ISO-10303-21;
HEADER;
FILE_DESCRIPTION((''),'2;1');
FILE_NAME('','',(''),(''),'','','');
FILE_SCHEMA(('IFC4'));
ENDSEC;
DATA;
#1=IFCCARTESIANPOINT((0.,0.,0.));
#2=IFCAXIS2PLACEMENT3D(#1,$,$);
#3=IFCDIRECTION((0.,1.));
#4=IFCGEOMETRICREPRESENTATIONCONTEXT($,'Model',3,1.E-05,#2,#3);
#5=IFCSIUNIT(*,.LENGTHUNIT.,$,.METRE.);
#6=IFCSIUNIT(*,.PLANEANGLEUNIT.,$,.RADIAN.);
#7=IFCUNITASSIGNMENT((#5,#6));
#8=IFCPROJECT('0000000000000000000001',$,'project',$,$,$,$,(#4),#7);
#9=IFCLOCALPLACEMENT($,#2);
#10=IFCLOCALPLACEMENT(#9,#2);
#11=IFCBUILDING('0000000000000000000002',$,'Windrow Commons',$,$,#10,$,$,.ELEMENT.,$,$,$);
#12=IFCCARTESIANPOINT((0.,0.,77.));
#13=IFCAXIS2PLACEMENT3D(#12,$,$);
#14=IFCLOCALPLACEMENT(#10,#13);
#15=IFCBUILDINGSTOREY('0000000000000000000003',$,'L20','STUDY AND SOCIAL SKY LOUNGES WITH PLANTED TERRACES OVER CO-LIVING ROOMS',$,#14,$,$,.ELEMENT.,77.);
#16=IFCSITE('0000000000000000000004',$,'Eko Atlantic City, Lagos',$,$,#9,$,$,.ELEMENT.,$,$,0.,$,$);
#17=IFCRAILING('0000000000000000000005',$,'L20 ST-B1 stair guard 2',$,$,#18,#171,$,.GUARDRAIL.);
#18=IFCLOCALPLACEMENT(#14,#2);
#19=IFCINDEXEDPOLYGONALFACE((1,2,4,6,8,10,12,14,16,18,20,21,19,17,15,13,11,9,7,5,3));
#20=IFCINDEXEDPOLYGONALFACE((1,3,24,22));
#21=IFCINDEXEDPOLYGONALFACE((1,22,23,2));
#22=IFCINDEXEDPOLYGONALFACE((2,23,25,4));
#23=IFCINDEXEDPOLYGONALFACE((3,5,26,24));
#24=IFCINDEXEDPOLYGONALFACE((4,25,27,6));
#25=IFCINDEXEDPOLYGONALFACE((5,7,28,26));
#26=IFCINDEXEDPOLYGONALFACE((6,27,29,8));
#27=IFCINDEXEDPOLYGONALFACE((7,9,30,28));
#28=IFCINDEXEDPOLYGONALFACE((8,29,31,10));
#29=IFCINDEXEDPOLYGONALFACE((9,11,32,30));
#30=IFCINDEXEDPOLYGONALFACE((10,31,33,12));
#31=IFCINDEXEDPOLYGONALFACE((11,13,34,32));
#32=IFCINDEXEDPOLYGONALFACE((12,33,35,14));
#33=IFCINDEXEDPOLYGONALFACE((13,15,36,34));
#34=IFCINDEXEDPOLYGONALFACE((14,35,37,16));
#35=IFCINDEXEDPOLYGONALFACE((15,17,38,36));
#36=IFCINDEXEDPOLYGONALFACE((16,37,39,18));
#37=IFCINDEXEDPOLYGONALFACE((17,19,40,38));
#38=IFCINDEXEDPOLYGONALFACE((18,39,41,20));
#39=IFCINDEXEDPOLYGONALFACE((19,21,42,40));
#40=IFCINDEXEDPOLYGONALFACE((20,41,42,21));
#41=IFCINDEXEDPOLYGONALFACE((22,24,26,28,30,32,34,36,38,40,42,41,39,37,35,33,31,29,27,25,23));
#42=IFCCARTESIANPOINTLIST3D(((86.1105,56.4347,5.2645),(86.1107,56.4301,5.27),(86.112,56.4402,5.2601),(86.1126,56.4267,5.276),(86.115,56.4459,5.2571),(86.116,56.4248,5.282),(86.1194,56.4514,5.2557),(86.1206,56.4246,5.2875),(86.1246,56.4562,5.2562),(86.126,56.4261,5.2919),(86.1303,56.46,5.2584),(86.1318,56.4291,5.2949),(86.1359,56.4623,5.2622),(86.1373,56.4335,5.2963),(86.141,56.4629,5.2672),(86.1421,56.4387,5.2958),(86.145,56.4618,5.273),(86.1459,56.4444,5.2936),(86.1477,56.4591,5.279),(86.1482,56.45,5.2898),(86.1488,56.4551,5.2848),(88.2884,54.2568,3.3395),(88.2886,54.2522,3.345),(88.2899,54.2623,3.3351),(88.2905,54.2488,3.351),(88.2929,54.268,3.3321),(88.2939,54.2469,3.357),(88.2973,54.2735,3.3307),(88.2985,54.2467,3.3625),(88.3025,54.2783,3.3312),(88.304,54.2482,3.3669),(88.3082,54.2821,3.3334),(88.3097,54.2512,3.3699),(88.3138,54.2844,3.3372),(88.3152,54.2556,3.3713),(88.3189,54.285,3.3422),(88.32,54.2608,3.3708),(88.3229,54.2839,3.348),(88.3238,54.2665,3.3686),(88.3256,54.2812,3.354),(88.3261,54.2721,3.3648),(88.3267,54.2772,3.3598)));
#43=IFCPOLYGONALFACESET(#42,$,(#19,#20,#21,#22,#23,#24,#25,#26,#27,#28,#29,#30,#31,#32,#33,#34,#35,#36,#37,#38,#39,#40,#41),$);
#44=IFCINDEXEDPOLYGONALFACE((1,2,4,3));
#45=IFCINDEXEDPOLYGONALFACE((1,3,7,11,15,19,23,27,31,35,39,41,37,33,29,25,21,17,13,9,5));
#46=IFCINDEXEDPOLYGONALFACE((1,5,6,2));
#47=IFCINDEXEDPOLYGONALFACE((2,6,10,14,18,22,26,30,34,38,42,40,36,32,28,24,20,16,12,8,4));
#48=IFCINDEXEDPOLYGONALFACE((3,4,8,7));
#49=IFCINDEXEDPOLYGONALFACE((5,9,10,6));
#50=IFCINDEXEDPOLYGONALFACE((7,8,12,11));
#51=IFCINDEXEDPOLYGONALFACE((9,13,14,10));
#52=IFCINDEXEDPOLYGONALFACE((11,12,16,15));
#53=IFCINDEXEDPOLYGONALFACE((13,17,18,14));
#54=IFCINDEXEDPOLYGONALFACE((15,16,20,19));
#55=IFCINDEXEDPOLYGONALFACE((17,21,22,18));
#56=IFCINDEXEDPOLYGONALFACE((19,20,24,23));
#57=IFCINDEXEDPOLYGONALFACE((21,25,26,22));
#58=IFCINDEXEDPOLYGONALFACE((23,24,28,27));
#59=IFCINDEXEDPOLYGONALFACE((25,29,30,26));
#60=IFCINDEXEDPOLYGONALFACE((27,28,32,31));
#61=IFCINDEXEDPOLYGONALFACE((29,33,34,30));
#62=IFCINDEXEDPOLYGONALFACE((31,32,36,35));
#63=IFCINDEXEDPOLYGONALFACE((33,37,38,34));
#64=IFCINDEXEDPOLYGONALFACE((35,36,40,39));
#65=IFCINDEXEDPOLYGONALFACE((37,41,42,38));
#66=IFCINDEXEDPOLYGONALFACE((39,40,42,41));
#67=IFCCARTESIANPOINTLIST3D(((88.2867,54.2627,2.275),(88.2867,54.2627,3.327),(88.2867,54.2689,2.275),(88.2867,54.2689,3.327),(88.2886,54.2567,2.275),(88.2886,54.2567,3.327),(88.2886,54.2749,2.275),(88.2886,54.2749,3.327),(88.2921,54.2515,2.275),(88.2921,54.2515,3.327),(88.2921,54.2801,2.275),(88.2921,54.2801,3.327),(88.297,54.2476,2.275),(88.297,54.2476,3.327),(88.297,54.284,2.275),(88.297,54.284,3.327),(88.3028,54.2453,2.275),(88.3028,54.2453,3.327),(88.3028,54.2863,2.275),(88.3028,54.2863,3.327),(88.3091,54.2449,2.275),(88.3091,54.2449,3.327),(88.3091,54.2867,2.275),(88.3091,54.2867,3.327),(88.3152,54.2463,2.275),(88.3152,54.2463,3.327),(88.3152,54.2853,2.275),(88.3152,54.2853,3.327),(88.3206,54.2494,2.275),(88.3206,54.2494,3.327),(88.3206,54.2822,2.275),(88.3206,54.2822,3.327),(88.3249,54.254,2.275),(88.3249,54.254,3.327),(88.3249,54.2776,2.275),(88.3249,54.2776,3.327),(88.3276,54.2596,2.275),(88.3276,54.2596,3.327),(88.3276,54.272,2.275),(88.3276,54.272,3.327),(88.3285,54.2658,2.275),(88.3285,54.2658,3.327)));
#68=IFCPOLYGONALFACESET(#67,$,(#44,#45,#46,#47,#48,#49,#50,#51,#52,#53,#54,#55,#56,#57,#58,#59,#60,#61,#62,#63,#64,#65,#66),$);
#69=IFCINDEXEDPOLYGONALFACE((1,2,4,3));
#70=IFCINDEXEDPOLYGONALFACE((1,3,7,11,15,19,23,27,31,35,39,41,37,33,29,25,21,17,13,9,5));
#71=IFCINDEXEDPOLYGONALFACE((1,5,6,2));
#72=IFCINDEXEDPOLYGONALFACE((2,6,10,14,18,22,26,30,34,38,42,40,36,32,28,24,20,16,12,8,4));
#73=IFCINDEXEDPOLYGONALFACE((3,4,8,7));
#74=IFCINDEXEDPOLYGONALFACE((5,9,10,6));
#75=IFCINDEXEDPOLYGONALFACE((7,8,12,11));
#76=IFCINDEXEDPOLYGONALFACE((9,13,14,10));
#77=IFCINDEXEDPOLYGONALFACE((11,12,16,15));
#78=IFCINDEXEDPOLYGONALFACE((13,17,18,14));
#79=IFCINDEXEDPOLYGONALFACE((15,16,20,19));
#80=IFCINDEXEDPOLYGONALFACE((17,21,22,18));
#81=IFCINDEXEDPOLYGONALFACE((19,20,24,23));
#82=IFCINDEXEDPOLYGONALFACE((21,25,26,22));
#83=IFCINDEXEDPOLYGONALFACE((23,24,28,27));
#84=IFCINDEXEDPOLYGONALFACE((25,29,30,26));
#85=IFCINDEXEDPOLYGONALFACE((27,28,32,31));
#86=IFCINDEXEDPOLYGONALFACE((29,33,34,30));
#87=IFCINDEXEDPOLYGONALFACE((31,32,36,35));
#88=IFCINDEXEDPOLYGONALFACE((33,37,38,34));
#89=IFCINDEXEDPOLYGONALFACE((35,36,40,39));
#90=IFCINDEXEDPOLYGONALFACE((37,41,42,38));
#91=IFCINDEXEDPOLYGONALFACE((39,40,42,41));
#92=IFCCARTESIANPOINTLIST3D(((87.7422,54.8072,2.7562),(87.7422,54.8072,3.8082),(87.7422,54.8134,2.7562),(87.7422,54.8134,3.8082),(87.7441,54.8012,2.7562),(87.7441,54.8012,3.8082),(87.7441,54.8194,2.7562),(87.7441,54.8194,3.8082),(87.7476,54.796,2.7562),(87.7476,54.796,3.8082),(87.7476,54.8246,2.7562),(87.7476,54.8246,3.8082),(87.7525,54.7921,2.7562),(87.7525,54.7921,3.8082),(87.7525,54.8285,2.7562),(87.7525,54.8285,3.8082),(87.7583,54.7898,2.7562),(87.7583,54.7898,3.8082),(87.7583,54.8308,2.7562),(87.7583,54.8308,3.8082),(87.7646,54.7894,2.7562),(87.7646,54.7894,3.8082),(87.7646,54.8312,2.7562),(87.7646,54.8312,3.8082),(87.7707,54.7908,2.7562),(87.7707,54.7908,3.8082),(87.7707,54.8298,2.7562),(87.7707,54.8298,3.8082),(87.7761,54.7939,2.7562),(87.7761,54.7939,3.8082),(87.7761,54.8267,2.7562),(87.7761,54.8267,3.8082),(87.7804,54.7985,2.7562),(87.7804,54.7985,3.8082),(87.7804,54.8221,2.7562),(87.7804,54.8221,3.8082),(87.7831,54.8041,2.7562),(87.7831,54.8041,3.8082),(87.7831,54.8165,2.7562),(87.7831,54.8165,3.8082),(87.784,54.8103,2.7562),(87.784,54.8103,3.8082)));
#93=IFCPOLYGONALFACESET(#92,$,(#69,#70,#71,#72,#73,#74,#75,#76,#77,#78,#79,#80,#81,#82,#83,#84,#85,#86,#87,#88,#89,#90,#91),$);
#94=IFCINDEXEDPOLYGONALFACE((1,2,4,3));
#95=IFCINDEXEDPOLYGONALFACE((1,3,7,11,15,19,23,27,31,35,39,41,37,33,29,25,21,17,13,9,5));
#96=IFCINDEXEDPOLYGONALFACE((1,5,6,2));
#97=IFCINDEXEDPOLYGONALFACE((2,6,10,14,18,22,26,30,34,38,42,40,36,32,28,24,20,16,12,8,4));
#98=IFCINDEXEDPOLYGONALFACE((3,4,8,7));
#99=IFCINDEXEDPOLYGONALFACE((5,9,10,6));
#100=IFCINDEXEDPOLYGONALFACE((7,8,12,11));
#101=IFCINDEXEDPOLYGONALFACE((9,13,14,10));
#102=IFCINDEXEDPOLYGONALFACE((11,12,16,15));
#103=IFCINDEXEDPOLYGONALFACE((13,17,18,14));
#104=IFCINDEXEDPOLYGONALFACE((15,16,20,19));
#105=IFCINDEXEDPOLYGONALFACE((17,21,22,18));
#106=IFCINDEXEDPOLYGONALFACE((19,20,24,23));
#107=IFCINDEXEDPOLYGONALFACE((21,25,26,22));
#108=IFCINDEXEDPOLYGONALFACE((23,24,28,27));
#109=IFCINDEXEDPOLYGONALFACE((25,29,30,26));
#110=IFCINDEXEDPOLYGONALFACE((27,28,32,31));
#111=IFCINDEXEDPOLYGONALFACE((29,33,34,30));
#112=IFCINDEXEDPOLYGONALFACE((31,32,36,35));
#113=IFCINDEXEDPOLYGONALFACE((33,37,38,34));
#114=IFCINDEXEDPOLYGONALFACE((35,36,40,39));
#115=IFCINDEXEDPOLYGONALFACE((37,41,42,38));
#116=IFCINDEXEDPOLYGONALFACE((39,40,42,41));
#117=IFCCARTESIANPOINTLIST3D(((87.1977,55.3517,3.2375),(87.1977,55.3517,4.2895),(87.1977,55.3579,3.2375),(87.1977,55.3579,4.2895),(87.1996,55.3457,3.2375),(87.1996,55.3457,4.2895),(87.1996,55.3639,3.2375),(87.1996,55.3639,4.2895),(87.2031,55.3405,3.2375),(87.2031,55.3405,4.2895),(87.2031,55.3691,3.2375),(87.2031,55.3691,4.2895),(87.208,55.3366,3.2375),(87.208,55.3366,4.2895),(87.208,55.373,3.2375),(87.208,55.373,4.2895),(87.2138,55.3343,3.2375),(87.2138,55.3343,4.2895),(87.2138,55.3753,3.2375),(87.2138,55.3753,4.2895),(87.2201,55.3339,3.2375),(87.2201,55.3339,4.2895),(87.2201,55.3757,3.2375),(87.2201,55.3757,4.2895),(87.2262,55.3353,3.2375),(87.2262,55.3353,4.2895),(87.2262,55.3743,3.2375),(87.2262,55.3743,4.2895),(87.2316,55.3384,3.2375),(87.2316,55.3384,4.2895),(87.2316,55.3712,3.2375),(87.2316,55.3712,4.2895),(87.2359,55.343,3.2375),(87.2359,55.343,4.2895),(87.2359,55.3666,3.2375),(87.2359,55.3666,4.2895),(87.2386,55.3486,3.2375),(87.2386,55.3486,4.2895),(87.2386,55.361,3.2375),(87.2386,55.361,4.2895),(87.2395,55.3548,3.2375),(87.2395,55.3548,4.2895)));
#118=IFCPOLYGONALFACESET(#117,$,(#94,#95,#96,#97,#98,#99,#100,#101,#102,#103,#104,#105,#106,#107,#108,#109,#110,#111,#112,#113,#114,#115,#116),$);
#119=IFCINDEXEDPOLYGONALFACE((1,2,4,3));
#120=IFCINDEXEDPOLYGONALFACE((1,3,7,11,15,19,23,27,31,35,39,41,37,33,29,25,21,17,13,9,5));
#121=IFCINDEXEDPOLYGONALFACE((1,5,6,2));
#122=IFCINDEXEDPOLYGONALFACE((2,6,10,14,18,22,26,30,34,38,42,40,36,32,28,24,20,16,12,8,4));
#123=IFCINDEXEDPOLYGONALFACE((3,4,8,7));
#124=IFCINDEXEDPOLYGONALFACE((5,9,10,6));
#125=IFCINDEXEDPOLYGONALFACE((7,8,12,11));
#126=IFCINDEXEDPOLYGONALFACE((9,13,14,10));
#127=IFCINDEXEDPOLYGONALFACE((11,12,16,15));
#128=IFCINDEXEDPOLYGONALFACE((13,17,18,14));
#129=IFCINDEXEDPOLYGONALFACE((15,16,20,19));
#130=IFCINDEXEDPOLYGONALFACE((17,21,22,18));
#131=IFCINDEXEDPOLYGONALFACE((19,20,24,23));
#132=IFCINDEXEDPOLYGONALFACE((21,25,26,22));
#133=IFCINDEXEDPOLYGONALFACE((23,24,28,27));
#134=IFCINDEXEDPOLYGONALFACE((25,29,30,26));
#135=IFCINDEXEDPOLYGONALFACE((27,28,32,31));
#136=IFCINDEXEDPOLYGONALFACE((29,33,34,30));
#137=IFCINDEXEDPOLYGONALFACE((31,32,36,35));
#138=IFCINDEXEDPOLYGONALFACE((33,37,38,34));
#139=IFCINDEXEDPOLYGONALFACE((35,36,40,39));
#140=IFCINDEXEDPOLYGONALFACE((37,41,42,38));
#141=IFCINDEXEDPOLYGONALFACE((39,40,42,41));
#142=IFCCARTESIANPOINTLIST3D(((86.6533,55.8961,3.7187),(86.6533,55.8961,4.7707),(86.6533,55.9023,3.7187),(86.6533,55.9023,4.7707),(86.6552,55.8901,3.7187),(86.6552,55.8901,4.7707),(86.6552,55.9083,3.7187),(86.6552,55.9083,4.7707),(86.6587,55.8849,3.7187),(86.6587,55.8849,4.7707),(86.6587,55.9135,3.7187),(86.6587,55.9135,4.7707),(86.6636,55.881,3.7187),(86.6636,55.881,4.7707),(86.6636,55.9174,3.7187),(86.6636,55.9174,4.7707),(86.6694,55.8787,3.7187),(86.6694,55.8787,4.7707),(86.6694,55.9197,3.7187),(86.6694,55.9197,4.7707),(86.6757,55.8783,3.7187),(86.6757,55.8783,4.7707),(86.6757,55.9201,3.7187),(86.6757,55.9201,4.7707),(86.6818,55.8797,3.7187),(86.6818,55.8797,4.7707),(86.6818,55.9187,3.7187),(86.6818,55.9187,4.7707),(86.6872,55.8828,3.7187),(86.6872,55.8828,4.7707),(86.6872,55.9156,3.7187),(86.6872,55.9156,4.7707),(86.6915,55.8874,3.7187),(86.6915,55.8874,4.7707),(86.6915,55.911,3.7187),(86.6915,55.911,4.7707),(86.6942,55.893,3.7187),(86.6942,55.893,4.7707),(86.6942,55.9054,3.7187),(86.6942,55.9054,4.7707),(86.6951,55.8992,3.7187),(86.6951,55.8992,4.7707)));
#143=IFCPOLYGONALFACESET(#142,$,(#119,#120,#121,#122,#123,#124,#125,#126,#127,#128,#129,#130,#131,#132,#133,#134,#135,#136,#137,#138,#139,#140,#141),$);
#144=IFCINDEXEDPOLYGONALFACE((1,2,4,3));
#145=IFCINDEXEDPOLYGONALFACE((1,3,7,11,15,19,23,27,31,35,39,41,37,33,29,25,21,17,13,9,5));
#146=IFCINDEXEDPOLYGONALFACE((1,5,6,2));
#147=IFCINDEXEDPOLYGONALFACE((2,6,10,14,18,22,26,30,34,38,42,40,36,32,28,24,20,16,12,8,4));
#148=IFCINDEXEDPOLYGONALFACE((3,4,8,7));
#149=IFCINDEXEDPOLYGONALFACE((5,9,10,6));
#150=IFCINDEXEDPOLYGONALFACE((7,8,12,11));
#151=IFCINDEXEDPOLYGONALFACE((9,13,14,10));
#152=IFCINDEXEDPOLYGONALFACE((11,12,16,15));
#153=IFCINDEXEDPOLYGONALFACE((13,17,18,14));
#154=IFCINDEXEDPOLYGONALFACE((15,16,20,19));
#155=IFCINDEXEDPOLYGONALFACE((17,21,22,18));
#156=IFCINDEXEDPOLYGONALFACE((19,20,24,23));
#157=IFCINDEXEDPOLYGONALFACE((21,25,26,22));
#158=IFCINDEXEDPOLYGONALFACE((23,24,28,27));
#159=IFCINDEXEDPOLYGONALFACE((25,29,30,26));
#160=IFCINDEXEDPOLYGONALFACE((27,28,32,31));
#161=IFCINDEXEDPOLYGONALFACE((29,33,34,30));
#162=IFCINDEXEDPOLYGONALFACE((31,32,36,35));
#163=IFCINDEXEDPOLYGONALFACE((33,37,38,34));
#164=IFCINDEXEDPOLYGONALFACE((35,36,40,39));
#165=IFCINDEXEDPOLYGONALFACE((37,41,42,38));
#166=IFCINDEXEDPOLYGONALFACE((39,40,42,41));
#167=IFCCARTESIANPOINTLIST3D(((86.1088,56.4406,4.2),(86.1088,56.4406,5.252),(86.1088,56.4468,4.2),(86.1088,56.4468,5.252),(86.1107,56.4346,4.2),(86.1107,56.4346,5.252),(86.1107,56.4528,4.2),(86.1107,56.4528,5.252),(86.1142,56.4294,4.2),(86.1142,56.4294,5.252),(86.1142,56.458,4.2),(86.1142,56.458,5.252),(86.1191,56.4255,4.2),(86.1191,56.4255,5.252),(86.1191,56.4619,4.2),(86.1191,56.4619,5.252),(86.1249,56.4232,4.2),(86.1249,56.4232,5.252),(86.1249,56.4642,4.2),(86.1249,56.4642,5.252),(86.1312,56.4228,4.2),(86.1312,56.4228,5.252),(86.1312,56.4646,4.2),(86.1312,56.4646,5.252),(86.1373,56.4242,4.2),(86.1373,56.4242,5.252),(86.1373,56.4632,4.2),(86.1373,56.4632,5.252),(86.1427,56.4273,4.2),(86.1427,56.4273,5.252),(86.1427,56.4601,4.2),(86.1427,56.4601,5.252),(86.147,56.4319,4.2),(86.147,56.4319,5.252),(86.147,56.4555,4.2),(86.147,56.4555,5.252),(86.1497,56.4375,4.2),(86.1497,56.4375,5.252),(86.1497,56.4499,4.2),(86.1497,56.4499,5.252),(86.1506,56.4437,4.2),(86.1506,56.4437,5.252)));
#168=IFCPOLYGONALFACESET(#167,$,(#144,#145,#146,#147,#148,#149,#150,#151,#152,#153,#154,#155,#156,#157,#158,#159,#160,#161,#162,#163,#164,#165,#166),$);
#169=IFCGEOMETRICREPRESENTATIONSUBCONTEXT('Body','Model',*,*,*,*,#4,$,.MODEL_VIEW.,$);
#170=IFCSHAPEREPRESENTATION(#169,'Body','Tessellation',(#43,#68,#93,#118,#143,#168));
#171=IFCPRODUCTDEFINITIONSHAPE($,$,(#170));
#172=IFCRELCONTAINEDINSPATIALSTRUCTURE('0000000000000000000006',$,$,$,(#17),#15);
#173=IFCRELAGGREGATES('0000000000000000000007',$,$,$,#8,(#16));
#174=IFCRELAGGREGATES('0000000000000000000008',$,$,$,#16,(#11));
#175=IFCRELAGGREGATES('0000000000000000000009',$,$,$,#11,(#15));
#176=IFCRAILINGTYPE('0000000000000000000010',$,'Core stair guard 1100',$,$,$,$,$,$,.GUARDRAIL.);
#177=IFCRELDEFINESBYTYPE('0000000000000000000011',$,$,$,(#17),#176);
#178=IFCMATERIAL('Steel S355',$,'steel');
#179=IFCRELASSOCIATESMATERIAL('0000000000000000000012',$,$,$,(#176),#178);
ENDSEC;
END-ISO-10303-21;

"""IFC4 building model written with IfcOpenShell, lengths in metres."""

from ifc_helpers import new_model, si_unit, direction, frame, origin, origin_2d, place, context, subcontext, project, spatial, circle, extrude, material, type_object, element, save


model = new_model("IFC4")

# Units and contexts
model_context = context("Model", 3, precision=1e-05, world=origin(), true_north=direction((0.0, 1.0)))
body_context = subcontext(model_context, "Body", "Model", "MODEL_VIEW")
ifc_project = project(units=[si_unit("LENGTHUNIT", "METRE"), si_unit("PLANEANGLEUNIT", "RADIAN")], contexts=[model_context])

# Site, building, storey
site_placement = place(None, origin())
site = spatial("IfcSite", under=ifc_project, at=site_placement, Name="Eko Atlantic City, Lagos", CompositionType="ELEMENT", RefElevation=0.0)
building_placement = place(site_placement, origin())
building = spatial("IfcBuilding", under=site, at=building_placement, Name="Windrow Commons", CompositionType="ELEMENT")
storey_placement = place(building_placement, frame((0.0, 0.0, 77.0)))
storey = spatial("IfcBuildingStorey", under=building, at=storey_placement, Name="L20", Description="STUDY AND SOCIAL SKY LOUNGES WITH PLANTED TERRACES OVER CO-LIVING ROOMS", CompositionType="ELEMENT", Elevation=77.0)

# Railing
ifc_material_1 = material(Name="Steel S355", Category="steel")
railing_type_1 = type_object("IfcRailingType", Name="Core stair guard 1100", PredefinedType="GUARDRAIL", material=ifc_material_1)
railing_1_placement = place(storey_placement, frame((88.3075, 54.2658, 2.275)))
element("IfcRailing", 1, at=railing_1_placement, inside=storey, type_object=railing_type_1, Name="L20 ST-B1 stair guard 2", PredefinedType="GUARDRAIL", context=body_context, shape_type="SweptSolid", body=[
    extrude(circle(Radius=0.024, at=origin_2d()), frame((0.0, 0.0, 1.076), z_axis=(-0.599626, 0.599626, 0.529997), x_axis=(-0.707107, -0.707107, 0.0)), (0.0, 0.0, 1.0), 3.6321),
    extrude(circle(Radius=0.021, at=origin_2d()), origin(), (0.0, 0.0, 1.0), 1.052),
    extrude(circle(Radius=0.021, at=origin_2d()), frame((-0.5445, 0.5445, 0.4812)), (0.0, 0.0, 1.0), 1.052),
    extrude(circle(Radius=0.021, at=origin_2d()), frame((-1.089, 1.089, 0.9625)), (0.0, 0.0, 1.0), 1.052),
    extrude(circle(Radius=0.021, at=origin_2d()), frame((-1.6334, 1.6334, 1.4437)), (0.0, 0.0, 1.0), 1.052),
    extrude(circle(Radius=0.021, at=origin_2d()), frame((-2.1779, 2.1779, 1.925)), (0.0, 0.0, 1.0), 1.052),
])

save(model, "model.ifc")
